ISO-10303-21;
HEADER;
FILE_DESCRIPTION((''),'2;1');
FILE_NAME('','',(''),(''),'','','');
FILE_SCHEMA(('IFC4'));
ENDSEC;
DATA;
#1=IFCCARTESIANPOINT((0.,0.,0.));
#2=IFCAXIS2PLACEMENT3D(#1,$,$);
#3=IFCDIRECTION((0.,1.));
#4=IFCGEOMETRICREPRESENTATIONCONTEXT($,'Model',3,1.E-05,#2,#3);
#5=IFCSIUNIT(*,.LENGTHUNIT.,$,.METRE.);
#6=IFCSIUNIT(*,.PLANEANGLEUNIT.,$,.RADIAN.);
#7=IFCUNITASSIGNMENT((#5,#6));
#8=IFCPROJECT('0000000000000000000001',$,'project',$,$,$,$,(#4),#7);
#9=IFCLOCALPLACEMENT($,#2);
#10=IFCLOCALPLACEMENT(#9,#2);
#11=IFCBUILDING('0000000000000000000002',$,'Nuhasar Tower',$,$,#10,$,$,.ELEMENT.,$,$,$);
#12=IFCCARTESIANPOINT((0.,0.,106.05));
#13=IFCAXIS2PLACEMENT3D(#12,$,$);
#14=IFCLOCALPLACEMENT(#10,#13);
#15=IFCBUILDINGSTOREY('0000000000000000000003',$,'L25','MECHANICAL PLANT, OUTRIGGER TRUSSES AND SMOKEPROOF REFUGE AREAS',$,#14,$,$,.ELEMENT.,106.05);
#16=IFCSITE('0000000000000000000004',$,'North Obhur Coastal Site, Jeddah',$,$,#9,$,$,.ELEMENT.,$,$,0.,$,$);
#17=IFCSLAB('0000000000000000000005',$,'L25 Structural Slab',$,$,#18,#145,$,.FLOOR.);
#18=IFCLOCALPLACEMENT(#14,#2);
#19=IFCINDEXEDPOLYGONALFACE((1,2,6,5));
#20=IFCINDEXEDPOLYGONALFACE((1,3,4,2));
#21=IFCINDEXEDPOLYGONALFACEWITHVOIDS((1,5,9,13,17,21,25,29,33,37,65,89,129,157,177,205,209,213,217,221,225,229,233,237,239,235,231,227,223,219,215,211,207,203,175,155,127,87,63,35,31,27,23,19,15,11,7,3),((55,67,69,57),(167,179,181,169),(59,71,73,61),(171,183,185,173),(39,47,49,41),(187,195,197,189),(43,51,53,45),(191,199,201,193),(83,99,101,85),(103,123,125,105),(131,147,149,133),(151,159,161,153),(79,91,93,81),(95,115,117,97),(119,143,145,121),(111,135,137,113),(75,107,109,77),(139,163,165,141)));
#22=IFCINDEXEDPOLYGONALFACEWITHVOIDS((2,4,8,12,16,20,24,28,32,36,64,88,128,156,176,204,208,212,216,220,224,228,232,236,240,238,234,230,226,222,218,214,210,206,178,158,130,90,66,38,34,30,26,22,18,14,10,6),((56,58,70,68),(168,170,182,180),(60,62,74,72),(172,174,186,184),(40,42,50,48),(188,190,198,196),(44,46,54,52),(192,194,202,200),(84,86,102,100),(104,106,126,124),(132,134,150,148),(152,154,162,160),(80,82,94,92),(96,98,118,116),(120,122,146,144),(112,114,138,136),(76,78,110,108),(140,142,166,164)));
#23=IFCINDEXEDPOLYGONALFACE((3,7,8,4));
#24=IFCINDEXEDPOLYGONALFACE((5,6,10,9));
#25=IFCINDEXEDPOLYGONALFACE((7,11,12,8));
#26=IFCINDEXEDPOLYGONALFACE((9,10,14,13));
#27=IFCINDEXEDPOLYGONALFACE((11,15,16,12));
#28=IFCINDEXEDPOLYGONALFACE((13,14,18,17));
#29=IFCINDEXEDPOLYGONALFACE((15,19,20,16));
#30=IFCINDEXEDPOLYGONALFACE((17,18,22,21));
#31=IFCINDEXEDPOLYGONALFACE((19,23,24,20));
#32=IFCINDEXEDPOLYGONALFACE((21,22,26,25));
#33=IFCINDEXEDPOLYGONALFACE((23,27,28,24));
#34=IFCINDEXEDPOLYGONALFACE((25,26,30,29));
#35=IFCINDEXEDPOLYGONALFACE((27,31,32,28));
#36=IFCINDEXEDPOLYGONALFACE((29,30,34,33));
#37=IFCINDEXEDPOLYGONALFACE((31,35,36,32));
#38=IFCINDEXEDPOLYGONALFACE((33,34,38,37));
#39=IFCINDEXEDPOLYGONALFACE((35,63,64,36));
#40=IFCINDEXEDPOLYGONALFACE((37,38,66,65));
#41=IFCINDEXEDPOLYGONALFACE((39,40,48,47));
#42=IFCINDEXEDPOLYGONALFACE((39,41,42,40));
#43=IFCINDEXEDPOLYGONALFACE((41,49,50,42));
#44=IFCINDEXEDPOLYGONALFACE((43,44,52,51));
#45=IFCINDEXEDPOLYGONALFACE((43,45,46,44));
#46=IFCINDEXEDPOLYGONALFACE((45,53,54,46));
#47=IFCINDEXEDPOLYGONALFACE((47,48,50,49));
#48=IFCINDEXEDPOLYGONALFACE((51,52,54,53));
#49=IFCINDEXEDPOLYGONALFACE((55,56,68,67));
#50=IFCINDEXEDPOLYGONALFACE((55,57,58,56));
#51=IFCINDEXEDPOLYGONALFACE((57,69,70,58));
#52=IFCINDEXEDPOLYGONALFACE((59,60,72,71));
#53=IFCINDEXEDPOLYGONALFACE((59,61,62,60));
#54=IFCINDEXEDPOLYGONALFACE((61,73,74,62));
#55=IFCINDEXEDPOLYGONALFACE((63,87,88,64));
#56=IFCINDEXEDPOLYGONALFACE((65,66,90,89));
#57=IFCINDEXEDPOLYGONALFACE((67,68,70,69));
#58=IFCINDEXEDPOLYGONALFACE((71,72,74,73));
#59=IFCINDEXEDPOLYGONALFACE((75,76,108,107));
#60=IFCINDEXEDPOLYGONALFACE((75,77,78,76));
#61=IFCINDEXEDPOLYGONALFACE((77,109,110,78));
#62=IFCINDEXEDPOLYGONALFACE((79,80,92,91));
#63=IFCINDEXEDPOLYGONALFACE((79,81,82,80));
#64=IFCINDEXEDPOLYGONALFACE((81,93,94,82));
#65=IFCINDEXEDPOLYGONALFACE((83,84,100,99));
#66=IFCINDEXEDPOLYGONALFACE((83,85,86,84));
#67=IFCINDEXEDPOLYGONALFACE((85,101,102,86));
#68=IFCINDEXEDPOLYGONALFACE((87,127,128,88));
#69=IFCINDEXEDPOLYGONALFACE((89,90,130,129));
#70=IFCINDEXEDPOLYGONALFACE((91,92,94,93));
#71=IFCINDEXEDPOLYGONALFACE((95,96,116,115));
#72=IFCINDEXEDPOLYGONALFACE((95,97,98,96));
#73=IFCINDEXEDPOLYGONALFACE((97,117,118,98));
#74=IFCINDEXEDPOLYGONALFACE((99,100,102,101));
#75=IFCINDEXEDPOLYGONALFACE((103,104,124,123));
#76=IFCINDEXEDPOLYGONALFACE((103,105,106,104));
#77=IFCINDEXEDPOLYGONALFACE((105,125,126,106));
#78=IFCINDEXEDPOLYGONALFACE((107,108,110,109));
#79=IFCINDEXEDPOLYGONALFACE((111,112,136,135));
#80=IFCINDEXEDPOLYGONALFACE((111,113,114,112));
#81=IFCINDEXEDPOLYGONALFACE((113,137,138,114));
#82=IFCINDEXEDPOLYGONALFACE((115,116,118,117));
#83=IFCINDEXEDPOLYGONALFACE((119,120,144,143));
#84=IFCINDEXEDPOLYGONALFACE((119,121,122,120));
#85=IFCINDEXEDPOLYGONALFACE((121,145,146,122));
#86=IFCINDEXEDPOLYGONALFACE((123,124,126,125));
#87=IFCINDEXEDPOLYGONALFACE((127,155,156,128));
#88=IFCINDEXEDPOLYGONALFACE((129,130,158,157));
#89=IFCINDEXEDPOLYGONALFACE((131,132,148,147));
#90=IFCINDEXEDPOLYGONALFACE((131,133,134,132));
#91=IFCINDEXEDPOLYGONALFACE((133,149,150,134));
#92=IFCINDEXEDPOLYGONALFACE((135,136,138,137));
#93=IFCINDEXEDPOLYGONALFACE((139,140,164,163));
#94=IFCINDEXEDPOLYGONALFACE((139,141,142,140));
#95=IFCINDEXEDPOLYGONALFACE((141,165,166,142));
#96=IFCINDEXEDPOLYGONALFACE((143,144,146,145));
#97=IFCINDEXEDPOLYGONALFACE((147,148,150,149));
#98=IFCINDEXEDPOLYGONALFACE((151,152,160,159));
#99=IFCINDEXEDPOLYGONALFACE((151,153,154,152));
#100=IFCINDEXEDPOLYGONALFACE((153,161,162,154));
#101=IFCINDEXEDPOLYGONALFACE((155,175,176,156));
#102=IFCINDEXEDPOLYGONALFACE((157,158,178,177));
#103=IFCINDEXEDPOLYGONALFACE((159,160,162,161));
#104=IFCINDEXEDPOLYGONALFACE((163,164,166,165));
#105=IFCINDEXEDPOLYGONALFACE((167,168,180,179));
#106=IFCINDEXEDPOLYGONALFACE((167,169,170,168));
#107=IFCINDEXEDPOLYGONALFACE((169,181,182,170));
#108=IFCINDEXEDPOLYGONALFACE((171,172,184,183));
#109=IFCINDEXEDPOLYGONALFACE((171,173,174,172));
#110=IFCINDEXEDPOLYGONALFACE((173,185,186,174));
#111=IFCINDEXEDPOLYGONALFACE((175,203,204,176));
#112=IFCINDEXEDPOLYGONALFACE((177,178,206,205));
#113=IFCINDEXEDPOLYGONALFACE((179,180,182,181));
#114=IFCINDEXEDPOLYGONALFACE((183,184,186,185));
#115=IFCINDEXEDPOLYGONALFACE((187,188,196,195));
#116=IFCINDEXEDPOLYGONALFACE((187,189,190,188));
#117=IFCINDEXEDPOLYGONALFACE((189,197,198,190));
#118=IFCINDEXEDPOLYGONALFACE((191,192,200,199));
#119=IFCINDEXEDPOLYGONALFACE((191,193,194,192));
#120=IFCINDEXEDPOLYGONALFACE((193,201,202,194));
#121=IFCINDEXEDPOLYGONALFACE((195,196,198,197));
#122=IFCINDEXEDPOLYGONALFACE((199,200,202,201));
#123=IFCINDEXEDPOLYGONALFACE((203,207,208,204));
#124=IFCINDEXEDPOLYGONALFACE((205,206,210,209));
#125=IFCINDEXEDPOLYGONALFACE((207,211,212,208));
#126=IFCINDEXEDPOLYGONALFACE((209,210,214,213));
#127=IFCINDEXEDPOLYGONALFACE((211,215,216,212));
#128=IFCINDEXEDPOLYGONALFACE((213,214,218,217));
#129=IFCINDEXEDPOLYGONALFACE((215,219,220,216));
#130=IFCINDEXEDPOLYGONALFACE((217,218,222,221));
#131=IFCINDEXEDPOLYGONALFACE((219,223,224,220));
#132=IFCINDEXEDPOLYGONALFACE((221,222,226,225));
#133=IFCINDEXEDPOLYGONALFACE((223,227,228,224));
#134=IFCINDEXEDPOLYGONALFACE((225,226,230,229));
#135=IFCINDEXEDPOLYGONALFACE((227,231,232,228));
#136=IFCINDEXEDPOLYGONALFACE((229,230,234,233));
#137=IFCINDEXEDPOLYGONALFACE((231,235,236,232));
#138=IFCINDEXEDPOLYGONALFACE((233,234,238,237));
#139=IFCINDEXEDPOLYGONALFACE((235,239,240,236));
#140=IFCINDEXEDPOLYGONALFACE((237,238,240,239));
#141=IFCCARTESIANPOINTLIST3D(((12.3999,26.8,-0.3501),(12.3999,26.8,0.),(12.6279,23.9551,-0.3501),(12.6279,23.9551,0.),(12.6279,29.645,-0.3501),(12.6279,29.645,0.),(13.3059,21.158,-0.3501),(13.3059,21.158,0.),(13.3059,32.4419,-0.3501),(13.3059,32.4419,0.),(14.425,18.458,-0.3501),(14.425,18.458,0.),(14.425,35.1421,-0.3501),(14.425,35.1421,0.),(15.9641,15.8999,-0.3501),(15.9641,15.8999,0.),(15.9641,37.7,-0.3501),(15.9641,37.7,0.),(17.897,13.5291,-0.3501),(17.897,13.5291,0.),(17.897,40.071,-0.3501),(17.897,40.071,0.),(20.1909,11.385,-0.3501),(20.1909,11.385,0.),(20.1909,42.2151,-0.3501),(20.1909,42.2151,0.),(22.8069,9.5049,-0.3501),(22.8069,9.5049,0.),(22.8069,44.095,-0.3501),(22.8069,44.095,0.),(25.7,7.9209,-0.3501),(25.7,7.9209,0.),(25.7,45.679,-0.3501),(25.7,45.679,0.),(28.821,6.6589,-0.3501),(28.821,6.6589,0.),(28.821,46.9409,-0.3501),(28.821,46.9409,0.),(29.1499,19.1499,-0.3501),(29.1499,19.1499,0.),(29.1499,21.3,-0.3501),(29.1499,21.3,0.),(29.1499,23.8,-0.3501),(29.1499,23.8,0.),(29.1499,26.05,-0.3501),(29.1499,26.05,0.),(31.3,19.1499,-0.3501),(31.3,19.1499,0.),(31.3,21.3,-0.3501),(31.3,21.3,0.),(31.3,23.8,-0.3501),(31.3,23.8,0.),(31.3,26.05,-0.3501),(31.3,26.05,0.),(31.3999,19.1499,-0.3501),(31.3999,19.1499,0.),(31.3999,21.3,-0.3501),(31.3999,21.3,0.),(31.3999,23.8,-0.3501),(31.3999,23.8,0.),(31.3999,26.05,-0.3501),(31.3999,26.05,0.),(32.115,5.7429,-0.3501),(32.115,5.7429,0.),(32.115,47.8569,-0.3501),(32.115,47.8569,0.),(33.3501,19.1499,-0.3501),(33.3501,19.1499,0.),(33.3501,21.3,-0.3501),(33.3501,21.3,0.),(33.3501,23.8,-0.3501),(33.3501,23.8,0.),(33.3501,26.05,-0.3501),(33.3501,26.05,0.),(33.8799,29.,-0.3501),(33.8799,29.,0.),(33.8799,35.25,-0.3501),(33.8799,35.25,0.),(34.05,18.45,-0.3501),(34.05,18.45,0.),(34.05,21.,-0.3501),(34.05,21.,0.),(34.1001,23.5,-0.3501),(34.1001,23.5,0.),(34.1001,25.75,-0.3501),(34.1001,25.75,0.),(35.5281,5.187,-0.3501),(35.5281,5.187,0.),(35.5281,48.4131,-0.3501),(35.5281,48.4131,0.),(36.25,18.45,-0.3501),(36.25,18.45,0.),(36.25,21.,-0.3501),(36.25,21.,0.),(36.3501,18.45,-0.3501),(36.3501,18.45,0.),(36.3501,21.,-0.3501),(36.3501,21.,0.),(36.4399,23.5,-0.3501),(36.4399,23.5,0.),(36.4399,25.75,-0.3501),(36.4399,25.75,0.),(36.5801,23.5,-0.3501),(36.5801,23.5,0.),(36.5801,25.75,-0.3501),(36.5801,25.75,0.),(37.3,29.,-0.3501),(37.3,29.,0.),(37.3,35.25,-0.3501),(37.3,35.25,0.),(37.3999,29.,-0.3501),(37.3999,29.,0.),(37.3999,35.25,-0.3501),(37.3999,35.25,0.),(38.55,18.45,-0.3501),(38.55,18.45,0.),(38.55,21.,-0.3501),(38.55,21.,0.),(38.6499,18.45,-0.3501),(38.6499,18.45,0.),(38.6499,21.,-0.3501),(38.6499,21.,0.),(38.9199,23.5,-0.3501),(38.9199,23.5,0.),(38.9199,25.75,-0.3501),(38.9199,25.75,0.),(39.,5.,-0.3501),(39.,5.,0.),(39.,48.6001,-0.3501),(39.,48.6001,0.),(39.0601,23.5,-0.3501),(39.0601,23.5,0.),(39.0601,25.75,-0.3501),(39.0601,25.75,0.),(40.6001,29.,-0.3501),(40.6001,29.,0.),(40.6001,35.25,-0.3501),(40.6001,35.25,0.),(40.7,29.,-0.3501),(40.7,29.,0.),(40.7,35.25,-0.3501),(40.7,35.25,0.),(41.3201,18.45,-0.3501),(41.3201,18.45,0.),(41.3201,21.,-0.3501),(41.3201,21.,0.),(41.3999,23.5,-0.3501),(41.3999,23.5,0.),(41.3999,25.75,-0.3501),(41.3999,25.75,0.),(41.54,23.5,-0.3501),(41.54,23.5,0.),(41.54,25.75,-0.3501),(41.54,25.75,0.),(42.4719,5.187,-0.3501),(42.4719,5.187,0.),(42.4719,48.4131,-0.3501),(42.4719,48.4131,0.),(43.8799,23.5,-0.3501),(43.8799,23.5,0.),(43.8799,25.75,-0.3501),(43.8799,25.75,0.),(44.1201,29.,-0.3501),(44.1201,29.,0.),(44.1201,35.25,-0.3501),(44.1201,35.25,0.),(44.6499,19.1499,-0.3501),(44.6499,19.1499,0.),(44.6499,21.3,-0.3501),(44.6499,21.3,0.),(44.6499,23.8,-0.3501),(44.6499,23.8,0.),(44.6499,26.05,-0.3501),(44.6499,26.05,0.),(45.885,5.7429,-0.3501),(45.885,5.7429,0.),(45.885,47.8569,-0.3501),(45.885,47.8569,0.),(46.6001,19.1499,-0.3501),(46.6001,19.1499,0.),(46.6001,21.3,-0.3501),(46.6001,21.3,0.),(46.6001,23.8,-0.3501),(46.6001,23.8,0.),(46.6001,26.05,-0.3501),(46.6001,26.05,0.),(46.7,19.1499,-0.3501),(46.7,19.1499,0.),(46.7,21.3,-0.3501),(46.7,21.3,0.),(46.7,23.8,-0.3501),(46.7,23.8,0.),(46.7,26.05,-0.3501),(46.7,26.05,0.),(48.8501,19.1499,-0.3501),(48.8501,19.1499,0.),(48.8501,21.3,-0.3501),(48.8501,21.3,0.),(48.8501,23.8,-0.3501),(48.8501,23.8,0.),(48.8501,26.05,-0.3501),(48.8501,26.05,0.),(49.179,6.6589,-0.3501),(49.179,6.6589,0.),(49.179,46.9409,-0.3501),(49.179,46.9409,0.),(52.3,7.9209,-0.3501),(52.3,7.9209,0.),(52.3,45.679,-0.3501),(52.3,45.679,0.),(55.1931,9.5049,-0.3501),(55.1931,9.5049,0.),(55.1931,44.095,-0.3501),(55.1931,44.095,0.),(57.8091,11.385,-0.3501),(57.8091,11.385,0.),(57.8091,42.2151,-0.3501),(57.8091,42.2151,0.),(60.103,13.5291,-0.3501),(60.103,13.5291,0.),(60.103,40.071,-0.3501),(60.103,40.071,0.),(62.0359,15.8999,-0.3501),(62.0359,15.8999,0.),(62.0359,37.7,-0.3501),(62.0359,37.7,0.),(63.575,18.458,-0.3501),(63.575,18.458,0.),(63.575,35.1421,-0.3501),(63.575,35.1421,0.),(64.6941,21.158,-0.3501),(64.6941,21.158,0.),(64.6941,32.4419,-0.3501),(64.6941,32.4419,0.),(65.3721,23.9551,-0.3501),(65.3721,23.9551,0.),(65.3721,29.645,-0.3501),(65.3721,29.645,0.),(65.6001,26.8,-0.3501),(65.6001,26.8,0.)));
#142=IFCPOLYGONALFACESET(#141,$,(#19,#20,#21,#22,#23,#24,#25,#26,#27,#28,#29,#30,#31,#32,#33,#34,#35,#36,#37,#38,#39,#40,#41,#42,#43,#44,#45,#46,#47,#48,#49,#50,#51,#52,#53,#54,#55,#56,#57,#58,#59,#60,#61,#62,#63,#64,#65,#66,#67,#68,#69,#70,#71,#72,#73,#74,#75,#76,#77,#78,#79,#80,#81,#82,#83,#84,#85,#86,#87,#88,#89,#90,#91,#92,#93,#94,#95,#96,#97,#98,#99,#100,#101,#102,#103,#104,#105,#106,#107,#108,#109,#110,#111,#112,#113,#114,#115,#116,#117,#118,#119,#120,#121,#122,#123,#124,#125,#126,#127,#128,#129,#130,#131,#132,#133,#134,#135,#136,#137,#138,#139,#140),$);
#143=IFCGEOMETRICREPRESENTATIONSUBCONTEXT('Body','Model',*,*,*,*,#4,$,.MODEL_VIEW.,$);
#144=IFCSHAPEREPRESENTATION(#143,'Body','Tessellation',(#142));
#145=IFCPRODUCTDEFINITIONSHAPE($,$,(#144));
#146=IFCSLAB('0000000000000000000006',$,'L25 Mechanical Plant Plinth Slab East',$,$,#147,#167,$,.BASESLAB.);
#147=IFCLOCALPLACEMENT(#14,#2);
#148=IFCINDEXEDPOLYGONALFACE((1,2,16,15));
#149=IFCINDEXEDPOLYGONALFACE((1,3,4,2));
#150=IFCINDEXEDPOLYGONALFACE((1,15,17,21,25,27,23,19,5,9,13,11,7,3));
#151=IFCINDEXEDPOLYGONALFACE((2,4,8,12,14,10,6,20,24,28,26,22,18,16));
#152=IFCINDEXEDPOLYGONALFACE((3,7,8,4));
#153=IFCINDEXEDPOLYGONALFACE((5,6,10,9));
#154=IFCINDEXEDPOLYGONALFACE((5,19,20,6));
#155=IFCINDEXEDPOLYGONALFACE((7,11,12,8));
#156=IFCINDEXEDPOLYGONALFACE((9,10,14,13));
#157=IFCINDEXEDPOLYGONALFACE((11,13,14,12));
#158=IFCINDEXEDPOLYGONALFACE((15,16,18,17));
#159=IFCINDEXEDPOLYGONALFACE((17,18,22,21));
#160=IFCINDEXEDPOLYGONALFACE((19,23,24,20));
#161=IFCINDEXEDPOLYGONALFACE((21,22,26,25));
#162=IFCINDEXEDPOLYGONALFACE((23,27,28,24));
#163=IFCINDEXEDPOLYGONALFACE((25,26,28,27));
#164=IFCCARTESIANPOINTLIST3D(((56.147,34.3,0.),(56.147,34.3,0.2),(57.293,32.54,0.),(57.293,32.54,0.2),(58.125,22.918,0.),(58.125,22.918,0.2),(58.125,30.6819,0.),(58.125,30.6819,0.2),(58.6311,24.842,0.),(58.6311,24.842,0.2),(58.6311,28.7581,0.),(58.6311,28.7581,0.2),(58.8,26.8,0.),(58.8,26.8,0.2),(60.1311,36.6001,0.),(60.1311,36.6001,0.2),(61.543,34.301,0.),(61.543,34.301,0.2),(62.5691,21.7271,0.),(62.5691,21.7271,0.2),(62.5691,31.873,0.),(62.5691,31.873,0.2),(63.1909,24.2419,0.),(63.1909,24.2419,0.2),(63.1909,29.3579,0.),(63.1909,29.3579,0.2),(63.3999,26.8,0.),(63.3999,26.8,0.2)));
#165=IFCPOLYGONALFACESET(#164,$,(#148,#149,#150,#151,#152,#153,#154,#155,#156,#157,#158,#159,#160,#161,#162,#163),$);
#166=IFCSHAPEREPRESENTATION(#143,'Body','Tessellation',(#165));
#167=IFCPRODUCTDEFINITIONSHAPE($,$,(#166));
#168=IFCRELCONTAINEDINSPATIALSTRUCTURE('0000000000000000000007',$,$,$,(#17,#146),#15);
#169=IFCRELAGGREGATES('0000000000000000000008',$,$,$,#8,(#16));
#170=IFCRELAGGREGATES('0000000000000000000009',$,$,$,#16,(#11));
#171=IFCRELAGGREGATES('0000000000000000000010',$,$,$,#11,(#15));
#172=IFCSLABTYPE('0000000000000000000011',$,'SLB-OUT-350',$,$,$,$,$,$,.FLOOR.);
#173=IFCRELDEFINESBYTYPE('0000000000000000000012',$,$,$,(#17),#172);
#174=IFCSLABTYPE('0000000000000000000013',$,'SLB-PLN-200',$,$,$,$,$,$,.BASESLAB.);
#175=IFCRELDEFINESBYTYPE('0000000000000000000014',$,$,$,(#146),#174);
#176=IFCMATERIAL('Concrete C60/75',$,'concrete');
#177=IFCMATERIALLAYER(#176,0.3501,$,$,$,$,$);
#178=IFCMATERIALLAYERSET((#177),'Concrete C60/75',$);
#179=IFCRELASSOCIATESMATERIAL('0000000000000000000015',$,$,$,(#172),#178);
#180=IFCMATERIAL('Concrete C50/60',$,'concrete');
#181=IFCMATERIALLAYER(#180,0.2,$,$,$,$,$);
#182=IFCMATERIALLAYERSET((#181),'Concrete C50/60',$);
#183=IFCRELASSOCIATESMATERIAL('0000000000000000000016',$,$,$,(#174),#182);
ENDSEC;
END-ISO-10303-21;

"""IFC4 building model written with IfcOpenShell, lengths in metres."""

from ifc_helpers import new_model, si_unit, direction, frame, origin, place, context, subcontext, project, spatial, polyline, outline, extrude, material, layer, layer_set, type_object, element, save


model = new_model("IFC4")

# Units and contexts
model_context = context("Model", 3, precision=1e-05, world=origin(), true_north=direction((0.0, 1.0)))
body_context = subcontext(model_context, "Body", "Model", "MODEL_VIEW")
ifc_project = project(units=[si_unit("LENGTHUNIT", "METRE"), si_unit("PLANEANGLEUNIT", "RADIAN")], contexts=[model_context])

# Site, building, storey
site_placement = place(None, origin())
site = spatial("IfcSite", under=ifc_project, at=site_placement, Name="North Obhur Coastal Site, Jeddah", CompositionType="ELEMENT", RefElevation=0.0)
building_placement = place(site_placement, origin())
building = spatial("IfcBuilding", under=site, at=building_placement, Name="Nuhasar Tower", CompositionType="ELEMENT")
storey_placement = place(building_placement, frame((0.0, 0.0, 106.05)))
storey = spatial("IfcBuildingStorey", under=building, at=storey_placement, Name="L25", Description="MECHANICAL PLANT, OUTRIGGER TRUSSES AND SMOKEPROOF REFUGE AREAS", CompositionType="ELEMENT", Elevation=106.05)

# Slabs
ifc_material_1 = material(Name="Concrete C60/75", Category="concrete")
ifc_layer_1 = layer(ifc_material_1, 0.3501)
ifc_layer_set_1 = layer_set([ifc_layer_1], Name="Concrete C60/75")
slab_type_1 = type_object("IfcSlabType", Name="SLB-OUT-350", PredefinedType="FLOOR", material=ifc_layer_set_1)
slab_1_placement = place(storey_placement, frame((0.0, 0.0, -0.3501)))
element("IfcSlab", 1, at=slab_1_placement, inside=storey, type_object=slab_type_1, Name="L25 Structural Slab", PredefinedType="FLOOR", context=body_context, shape_type="SweptSolid", body=[
    extrude(outline(polyline([(65.6001, 26.8), (65.3721, 29.645), (64.6941, 32.4419), (63.575, 35.1421), (62.0359, 37.7), (60.103, 40.071), (57.8091, 42.2151), (55.1931, 44.095), (52.3, 45.679), (49.179, 46.9409), (45.885, 47.8569), (42.4719, 48.4131), (39.0, 48.6001), (35.5281, 48.4131), (32.115, 47.8569), (28.821, 46.9409), (25.7, 45.679), (22.8069, 44.095), (20.1909, 42.2151), (17.897, 40.071), (15.9641, 37.7), (14.425, 35.1421), (13.3059, 32.4419), (12.6279, 29.645), (12.3999, 26.8), (12.6279, 23.9551), (13.3059, 21.158), (14.425, 18.458), (15.9641, 15.8999), (17.897, 13.5291), (20.1909, 11.385), (22.8069, 9.5049), (25.7, 7.9209), (28.821, 6.6589), (32.115, 5.7429), (35.5281, 5.187), (39.0, 5.0), (42.4719, 5.187), (45.885, 5.7429), (49.179, 6.6589), (52.3, 7.9209), (55.1931, 9.5049), (57.8091, 11.385), (60.103, 13.5291), (62.0359, 15.8999), (63.575, 18.458), (64.6941, 21.158), (65.3721, 23.9551), (65.6001, 26.8)]), holes=[polyline([(33.8799, 35.25), (37.3, 35.25), (37.3, 29.0), (33.8799, 29.0), (33.8799, 35.25)]), polyline([(37.3999, 35.25), (40.6001, 35.25), (40.6001, 29.0), (37.3999, 29.0), (37.3999, 35.25)]), polyline([(40.7, 35.25), (44.1201, 35.25), (44.1201, 29.0), (40.7, 29.0), (40.7, 35.25)]), polyline([(29.1499, 26.05), (31.3, 26.05), (31.3, 23.8), (29.1499, 23.8), (29.1499, 26.05)]), polyline([(31.3999, 26.05), (33.3501, 26.05), (33.3501, 23.8), (31.3999, 23.8), (31.3999, 26.05)]), polyline([(29.1499, 21.3), (31.3, 21.3), (31.3, 19.1499), (29.1499, 19.1499), (29.1499, 21.3)]), polyline([(31.3999, 21.3), (33.3501, 21.3), (33.3501, 19.1499), (31.3999, 19.1499), (31.3999, 21.3)]), polyline([(44.6499, 26.05), (46.6001, 26.05), (46.6001, 23.8), (44.6499, 23.8), (44.6499, 26.05)]), polyline([(46.7, 26.05), (48.8501, 26.05), (48.8501, 23.8), (46.7, 23.8), (46.7, 26.05)]), polyline([(44.6499, 21.3), (46.6001, 21.3), (46.6001, 19.1499), (44.6499, 19.1499), (44.6499, 21.3)]), polyline([(46.7, 21.3), (48.8501, 21.3), (48.8501, 19.1499), (46.7, 19.1499), (46.7, 21.3)]), polyline([(34.1001, 25.75), (36.4399, 25.75), (36.4399, 23.5), (34.1001, 23.5), (34.1001, 25.75)]), polyline([(36.5801, 25.75), (38.9199, 25.75), (38.9199, 23.5), (36.5801, 23.5), (36.5801, 25.75)]), polyline([(39.0601, 25.75), (41.3999, 25.75), (41.3999, 23.5), (39.0601, 23.5), (39.0601, 25.75)]), polyline([(41.54, 25.75), (43.8799, 25.75), (43.8799, 23.5), (41.54, 23.5), (41.54, 25.75)]), polyline([(34.05, 21.0), (36.25, 21.0), (36.25, 18.45), (34.05, 18.45), (34.05, 21.0)]), polyline([(36.3501, 21.0), (38.55, 21.0), (38.55, 18.45), (36.3501, 18.45), (36.3501, 21.0)]), polyline([(38.6499, 21.0), (41.3201, 21.0), (41.3201, 18.45), (38.6499, 18.45), (38.6499, 21.0)])]), origin(), (0.0, 0.0, 1.0), 0.3501),
])
ifc_material_2 = material(Name="Concrete C50/60", Category="concrete")
ifc_layer_2 = layer(ifc_material_2, 0.2)
ifc_layer_set_2 = layer_set([ifc_layer_2], Name="Concrete C50/60")
slab_type_2 = type_object("IfcSlabType", Name="SLB-PLN-200", PredefinedType="BASESLAB", material=ifc_layer_set_2)
slab_2_placement = place(storey_placement, origin())
element("IfcSlab", 2, at=slab_2_placement, inside=storey, type_object=slab_type_2, Name="L25 Mechanical Plant Plinth Slab East", PredefinedType="BASESLAB", context=body_context, shape_type="SweptSolid", body=[
    extrude(outline(polyline([(62.5691, 21.7271), (63.1909, 24.2419), (63.3999, 26.8), (63.1909, 29.3579), (62.5691, 31.873), (61.543, 34.301), (60.1311, 36.6001), (56.147, 34.3), (57.293, 32.54), (58.125, 30.6819), (58.6311, 28.7581), (58.8, 26.8), (58.6311, 24.842), (58.125, 22.918), (62.5691, 21.7271)])), origin(), (0.0, 0.0, 1.0), 0.2),
])

save(model, "model.ifc")
